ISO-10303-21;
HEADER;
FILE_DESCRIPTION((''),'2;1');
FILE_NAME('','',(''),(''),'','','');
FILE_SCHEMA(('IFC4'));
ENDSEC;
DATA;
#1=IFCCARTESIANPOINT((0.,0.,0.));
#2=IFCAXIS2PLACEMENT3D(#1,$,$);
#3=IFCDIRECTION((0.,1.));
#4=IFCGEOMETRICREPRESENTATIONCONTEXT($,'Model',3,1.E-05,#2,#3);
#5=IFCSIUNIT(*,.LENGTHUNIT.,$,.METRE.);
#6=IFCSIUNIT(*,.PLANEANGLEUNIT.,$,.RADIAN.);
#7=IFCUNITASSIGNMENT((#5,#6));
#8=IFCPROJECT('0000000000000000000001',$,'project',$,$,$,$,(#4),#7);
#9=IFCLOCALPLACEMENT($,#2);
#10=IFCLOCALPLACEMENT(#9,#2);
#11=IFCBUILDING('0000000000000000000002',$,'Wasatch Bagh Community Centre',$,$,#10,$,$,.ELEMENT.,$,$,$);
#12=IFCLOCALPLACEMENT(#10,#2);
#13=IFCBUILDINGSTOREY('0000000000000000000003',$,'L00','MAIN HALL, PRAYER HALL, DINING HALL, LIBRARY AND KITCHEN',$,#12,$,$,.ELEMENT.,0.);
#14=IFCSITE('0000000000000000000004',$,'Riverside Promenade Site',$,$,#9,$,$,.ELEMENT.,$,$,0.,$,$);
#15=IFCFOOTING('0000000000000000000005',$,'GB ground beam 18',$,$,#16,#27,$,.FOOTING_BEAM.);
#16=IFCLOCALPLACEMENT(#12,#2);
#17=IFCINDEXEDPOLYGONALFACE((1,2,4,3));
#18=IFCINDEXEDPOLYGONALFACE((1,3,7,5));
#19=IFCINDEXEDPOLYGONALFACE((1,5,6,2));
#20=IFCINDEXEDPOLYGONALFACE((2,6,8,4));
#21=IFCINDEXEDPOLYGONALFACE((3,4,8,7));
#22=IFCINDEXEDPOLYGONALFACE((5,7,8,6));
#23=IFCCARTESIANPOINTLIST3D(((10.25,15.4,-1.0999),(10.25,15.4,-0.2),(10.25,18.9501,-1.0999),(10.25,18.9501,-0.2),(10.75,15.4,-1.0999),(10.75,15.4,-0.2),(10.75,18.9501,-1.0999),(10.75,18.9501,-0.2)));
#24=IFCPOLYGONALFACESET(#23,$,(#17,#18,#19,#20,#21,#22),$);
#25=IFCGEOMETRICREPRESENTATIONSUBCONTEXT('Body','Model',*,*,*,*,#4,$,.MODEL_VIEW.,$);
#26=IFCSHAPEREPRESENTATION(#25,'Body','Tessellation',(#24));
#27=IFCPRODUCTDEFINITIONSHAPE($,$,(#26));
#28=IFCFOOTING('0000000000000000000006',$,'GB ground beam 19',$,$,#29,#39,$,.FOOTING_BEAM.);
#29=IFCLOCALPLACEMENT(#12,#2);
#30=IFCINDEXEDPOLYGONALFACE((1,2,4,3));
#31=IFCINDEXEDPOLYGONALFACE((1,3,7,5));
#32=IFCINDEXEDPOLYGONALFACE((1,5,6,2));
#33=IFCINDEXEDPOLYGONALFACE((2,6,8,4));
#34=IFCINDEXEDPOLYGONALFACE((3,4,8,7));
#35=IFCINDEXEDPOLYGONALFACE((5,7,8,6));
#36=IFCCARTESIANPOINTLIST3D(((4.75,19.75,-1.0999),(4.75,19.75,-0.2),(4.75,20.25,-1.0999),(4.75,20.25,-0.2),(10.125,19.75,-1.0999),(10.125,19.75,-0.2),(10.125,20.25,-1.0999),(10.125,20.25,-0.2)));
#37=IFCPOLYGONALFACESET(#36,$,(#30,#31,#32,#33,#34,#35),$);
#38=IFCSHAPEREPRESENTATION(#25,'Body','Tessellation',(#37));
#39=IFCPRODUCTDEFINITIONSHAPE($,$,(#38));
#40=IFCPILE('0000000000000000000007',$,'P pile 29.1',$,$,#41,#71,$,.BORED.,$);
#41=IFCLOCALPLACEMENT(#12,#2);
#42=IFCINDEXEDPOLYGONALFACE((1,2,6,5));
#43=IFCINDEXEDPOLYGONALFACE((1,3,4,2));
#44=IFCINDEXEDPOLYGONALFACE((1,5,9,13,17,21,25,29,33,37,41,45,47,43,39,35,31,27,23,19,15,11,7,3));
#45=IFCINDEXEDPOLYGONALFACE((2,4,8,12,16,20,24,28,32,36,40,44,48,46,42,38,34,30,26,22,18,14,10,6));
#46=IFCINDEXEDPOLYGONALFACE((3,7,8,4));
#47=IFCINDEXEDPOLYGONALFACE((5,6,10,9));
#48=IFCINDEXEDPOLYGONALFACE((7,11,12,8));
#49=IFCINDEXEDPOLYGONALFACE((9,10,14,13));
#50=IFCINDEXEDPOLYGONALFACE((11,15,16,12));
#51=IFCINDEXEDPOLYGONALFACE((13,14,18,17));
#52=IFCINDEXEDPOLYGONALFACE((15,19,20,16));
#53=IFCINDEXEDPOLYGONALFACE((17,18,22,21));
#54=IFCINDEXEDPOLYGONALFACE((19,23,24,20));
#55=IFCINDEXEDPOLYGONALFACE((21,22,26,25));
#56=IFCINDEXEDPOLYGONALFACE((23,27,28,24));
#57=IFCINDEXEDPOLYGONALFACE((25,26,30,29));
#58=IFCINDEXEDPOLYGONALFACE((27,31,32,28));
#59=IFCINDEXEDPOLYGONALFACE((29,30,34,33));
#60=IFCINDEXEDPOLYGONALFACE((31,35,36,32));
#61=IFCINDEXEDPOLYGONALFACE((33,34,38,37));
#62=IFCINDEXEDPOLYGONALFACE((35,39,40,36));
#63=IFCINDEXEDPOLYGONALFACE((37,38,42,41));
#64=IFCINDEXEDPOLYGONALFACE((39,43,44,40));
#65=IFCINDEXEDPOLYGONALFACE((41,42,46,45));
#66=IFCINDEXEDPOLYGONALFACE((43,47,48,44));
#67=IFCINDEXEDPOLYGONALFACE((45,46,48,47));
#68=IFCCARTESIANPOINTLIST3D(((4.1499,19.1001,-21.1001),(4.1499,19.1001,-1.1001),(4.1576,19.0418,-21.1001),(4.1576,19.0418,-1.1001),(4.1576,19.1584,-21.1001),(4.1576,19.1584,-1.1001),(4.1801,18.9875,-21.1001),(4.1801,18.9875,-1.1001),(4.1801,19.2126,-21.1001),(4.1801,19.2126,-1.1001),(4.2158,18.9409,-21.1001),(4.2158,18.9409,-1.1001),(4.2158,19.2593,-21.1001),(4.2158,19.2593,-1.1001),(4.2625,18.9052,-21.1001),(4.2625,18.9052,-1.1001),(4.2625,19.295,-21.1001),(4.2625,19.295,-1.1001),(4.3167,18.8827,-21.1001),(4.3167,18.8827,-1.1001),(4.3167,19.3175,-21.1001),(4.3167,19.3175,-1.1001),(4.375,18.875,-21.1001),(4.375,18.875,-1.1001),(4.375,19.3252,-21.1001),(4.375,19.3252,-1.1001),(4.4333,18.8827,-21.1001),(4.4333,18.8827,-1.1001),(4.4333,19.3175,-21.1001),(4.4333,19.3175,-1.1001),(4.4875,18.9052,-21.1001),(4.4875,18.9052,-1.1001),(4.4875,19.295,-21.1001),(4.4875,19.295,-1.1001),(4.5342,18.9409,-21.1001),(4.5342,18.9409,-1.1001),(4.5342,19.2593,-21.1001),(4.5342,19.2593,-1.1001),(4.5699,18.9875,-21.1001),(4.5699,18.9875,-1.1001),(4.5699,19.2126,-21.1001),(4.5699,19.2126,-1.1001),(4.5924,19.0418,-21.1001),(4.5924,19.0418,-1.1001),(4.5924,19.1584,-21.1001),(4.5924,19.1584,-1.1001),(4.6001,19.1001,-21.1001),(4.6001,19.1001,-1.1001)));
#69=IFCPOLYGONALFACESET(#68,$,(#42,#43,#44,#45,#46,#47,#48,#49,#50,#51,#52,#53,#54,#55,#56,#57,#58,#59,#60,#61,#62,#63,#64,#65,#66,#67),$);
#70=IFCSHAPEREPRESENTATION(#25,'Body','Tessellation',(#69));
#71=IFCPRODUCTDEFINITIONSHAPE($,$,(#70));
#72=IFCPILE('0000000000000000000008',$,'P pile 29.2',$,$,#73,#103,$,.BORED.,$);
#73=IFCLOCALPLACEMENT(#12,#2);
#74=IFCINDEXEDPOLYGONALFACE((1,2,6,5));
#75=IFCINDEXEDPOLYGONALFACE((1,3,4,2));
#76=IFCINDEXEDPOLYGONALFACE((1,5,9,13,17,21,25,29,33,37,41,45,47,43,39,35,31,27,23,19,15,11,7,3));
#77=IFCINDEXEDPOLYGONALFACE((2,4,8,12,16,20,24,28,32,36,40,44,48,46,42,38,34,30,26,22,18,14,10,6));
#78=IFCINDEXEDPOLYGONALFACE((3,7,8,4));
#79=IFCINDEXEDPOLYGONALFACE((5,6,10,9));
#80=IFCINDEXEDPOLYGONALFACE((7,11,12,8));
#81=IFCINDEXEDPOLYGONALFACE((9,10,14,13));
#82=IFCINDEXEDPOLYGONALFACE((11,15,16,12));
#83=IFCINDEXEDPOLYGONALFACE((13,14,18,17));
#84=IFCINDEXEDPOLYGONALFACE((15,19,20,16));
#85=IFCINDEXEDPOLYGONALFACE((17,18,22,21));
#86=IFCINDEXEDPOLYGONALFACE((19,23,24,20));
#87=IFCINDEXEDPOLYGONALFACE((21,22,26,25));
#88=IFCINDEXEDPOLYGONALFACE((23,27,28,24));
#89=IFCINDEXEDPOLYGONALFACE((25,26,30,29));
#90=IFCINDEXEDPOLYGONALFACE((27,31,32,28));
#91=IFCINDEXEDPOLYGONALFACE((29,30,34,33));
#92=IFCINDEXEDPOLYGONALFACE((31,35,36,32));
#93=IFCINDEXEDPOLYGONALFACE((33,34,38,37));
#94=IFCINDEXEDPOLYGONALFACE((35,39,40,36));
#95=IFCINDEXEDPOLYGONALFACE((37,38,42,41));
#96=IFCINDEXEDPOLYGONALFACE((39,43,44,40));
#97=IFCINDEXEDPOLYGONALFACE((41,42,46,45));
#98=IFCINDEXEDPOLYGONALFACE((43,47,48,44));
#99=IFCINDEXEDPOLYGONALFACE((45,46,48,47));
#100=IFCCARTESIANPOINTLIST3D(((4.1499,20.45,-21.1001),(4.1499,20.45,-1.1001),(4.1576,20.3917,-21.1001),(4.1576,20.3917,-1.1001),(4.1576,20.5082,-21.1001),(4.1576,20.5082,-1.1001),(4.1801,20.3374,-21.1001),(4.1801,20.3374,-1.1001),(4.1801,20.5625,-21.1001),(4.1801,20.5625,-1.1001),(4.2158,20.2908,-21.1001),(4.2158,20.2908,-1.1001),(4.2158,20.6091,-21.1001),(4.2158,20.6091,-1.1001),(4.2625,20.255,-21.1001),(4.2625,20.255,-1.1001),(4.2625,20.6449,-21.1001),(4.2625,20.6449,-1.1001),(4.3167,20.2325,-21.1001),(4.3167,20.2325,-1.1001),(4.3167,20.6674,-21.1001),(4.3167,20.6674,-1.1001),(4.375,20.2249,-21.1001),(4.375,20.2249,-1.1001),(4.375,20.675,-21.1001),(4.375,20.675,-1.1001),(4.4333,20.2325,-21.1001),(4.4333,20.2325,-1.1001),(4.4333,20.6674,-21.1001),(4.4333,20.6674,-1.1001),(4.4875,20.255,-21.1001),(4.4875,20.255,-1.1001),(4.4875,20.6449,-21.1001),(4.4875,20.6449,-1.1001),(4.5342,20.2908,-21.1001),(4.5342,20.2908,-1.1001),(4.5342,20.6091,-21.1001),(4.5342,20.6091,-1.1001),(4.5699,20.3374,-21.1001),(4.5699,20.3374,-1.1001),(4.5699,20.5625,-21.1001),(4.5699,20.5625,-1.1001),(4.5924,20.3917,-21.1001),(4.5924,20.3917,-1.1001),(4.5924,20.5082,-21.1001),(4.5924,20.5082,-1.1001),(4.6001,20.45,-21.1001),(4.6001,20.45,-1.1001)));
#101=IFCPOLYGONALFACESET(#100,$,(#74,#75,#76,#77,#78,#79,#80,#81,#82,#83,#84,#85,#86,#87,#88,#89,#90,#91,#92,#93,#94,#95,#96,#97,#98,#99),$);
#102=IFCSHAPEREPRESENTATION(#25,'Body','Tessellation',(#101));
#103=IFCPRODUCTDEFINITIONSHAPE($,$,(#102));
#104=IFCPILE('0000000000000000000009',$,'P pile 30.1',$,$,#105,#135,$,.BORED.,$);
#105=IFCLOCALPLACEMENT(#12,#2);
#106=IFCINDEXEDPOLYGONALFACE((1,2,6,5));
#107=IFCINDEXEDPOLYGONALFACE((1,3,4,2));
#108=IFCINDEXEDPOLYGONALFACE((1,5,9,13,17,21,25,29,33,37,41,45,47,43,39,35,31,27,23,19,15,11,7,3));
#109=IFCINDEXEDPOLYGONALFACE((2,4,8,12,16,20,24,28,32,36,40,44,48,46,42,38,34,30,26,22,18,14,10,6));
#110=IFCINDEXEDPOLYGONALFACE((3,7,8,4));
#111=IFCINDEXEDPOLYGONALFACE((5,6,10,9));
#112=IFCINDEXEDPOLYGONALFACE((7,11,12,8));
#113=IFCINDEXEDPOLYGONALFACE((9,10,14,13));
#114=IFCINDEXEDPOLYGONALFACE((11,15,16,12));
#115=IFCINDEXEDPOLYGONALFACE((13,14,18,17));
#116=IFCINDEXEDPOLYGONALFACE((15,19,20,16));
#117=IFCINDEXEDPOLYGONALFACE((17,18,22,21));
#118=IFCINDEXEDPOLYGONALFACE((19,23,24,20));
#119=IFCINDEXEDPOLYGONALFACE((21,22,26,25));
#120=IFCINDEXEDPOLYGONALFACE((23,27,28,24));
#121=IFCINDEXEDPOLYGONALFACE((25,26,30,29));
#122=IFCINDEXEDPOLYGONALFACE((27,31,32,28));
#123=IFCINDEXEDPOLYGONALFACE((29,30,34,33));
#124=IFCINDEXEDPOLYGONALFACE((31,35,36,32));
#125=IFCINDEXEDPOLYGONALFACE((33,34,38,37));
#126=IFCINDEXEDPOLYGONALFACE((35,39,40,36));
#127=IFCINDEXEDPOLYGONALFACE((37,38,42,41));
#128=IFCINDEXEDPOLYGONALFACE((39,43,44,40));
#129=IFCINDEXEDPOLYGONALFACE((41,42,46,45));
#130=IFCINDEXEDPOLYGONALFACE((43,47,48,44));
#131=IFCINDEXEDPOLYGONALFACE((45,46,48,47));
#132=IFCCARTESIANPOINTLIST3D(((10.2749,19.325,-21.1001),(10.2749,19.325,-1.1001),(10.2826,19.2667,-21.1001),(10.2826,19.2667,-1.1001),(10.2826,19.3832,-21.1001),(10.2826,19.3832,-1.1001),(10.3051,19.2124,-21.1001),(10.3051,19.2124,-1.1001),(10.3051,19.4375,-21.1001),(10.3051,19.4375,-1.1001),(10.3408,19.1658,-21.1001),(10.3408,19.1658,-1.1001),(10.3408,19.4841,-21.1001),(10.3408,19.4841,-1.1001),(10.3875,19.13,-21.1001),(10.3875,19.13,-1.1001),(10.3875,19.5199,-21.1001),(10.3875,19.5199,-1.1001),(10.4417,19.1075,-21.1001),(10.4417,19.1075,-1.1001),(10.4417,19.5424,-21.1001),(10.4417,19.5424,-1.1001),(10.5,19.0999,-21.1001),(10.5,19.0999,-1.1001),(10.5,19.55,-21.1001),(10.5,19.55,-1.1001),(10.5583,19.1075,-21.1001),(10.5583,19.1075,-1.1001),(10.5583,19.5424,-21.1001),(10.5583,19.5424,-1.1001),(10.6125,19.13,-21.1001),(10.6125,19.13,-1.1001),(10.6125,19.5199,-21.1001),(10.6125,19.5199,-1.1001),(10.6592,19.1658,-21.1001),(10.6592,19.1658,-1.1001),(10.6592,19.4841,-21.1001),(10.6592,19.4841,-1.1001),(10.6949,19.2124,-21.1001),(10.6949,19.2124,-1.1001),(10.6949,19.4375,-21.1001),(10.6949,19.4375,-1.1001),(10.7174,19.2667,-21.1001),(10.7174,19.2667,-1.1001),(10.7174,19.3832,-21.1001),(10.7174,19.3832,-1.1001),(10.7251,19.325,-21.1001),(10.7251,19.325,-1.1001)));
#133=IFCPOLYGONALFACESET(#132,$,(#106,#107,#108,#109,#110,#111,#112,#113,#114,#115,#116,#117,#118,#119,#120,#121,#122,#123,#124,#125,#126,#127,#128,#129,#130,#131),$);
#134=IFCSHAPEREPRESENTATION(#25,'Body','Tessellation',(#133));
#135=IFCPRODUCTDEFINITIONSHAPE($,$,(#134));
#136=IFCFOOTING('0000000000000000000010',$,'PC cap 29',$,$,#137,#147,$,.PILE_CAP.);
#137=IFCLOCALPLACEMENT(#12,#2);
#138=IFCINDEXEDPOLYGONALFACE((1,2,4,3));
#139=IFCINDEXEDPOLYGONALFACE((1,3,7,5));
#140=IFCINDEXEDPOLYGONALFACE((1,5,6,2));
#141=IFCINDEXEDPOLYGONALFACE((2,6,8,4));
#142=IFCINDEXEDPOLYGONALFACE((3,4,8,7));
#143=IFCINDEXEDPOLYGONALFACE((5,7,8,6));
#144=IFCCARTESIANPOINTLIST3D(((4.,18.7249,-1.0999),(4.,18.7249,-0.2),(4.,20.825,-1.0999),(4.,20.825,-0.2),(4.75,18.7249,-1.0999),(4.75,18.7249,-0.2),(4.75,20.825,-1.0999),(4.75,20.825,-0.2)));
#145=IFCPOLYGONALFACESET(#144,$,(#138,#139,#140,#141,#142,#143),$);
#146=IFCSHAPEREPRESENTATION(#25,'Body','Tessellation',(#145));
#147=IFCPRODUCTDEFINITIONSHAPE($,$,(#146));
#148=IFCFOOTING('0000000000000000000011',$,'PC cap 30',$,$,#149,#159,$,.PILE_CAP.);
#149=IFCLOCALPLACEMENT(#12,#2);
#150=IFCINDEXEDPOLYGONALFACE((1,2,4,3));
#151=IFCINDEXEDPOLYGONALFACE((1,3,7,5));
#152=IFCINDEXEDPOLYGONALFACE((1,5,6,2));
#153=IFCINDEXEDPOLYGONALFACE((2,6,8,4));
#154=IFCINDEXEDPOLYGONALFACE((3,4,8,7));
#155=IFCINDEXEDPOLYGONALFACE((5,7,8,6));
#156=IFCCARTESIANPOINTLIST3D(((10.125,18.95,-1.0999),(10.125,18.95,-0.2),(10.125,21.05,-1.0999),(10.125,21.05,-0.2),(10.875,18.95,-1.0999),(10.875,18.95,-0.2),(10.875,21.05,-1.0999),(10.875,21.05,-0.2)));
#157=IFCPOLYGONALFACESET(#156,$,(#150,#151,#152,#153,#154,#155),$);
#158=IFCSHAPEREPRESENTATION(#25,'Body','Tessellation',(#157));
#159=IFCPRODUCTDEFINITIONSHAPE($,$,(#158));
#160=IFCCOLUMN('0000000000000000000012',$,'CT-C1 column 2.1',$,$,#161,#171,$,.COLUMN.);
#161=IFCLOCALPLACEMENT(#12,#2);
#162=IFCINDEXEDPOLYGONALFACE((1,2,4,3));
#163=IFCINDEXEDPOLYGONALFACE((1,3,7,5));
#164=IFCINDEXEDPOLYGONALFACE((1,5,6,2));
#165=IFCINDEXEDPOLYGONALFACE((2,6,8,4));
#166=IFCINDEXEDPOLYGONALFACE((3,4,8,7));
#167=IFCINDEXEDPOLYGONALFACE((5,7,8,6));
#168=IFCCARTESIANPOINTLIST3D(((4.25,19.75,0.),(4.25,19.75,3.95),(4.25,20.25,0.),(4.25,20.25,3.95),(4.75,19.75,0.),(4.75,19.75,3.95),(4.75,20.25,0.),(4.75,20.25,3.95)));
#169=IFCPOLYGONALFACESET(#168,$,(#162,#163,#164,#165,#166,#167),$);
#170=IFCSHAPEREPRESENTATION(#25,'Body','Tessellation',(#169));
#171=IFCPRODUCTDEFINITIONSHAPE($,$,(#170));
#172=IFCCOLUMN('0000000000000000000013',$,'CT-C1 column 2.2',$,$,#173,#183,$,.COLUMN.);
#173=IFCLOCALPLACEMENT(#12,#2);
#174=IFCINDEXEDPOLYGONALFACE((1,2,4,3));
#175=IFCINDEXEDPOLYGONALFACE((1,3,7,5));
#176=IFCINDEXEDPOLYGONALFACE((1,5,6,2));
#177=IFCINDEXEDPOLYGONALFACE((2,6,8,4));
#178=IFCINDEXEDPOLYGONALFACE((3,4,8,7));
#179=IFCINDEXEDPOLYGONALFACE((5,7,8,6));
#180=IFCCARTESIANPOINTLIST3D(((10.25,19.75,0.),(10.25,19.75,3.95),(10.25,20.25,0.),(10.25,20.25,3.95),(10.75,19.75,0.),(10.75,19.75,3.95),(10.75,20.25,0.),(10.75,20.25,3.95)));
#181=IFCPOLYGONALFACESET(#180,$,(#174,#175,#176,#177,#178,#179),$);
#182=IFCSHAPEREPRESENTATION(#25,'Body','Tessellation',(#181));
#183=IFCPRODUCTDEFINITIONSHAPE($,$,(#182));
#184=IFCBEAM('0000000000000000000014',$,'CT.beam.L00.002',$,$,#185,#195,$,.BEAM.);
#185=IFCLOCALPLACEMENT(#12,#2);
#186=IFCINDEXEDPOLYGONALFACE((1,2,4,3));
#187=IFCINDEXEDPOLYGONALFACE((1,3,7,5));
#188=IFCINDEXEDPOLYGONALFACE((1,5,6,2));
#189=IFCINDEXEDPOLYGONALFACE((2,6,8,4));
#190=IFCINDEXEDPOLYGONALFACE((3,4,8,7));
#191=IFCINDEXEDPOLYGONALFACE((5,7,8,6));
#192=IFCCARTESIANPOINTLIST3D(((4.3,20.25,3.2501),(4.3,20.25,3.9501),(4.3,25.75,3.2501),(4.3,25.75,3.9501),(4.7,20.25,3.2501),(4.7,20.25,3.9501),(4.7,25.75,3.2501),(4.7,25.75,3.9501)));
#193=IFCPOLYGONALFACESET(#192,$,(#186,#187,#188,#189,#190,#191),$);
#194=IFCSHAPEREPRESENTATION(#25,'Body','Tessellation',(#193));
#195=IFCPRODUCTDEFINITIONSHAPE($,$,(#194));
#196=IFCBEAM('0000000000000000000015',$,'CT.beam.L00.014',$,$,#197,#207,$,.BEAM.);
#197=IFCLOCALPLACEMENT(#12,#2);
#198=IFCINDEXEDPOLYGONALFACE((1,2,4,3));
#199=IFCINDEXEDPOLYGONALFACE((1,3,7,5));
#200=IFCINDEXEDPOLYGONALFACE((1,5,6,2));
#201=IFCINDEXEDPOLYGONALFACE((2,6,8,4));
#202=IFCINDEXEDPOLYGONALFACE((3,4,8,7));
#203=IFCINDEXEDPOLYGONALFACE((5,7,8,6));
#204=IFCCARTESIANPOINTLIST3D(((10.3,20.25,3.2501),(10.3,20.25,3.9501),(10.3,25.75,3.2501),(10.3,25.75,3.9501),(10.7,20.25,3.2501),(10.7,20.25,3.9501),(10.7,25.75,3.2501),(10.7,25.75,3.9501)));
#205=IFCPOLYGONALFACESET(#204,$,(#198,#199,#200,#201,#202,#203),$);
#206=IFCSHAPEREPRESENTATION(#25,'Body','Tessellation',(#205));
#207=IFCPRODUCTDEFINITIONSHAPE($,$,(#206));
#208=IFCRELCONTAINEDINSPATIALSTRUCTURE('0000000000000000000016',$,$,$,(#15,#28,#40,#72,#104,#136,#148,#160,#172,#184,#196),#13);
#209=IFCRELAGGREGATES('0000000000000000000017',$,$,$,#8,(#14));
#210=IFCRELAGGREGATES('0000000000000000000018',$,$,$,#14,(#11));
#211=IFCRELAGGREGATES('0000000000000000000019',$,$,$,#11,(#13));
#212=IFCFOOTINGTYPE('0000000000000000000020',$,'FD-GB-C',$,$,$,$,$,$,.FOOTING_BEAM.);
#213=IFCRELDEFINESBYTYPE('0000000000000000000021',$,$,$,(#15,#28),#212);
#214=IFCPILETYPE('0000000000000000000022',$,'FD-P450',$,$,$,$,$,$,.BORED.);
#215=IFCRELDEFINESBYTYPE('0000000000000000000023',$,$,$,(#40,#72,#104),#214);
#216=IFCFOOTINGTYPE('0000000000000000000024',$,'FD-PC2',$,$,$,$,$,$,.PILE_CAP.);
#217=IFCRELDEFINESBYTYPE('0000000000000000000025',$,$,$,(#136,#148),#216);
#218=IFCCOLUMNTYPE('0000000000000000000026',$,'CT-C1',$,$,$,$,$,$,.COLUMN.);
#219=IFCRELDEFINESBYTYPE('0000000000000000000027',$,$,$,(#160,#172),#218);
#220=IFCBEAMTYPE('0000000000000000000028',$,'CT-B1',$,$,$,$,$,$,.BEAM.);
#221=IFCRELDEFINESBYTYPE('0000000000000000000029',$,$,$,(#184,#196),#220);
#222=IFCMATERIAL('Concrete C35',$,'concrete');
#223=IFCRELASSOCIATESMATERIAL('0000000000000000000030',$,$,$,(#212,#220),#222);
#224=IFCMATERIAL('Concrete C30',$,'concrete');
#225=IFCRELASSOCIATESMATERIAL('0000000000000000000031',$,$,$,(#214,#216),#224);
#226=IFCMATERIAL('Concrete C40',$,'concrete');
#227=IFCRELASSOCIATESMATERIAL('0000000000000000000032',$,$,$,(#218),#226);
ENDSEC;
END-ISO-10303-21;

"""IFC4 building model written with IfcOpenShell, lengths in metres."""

from ifc_helpers import new_model, si_unit, direction, frame, origin, origin_2d, place, context, subcontext, project, spatial, rectangle, circle, extrude, material, material_profile, profile_set, type_object, element, save


model = new_model("IFC4")

# Units and contexts
model_context = context("Model", 3, precision=1e-05, world=origin(), true_north=direction((0.0, 1.0)))
body_context = subcontext(model_context, "Body", "Model", "MODEL_VIEW")
ifc_project = project(units=[si_unit("LENGTHUNIT", "METRE"), si_unit("PLANEANGLEUNIT", "RADIAN")], contexts=[model_context])

# Site, building, storey
site_placement = place(None, origin())
site = spatial("IfcSite", under=ifc_project, at=site_placement, Name="Riverside Promenade Site", CompositionType="ELEMENT", RefElevation=0.0)
building_placement = place(site_placement, origin())
building = spatial("IfcBuilding", under=site, at=building_placement, Name="Wasatch Bagh Community Centre", CompositionType="ELEMENT")
storey_placement = place(building_placement, origin())
storey = spatial("IfcBuildingStorey", under=building, at=storey_placement, Name="L00", Description="MAIN HALL, PRAYER HALL, DINING HALL, LIBRARY AND KITCHEN", CompositionType="ELEMENT", Elevation=0.0)

# Footings
ifc_material_1 = material(Name="Concrete C35", Category="concrete")
footing_type_1 = type_object("IfcFootingType", Name="FD-GB-C", PredefinedType="FOOTING_BEAM", material=ifc_material_1)
footing_1_placement = place(storey_placement, frame((10.5, 17.175, -1.0999), z_axis=(0.0, 0.0, 1.0), x_axis=(0.0, -1.0, 0.0)))
element("IfcFooting", 1, at=footing_1_placement, inside=storey, type_object=footing_type_1, Name="GB ground beam 18", PredefinedType="FOOTING_BEAM", context=body_context, shape_type="SweptSolid", body=[
    extrude(rectangle(XDim=3.55, YDim=0.5, at=origin_2d()), origin(), (0.0, 0.0, 1.0), 0.8999),
])
footing_2_placement = place(storey_placement, frame((7.4375, 20.0, -1.0999), z_axis=(0.0, 0.0, 1.0), x_axis=(-1.0, 0.0, 0.0)))
element("IfcFooting", 2, at=footing_2_placement, inside=storey, type_object=footing_type_1, Name="GB ground beam 19", PredefinedType="FOOTING_BEAM", context=body_context, shape_type="SweptSolid", body=[
    extrude(rectangle(XDim=5.375, YDim=0.5, at=origin_2d()), origin(), (0.0, 0.0, 1.0), 0.8999),
])

# Piles
ifc_material_2 = material(Name="Concrete C30", Category="concrete")
ifc_material_profile_1 = material_profile(ifc_material_2, circle(Radius=0.2251, at=origin_2d()), Name="RC D450")
ifc_profile_set_1 = profile_set([ifc_material_profile_1], Name="Concrete C30")
pile_type = type_object("IfcPileType", Name="FD-P450", PredefinedType="BORED", material=ifc_profile_set_1)
for number, where, z_axis, x_axis, name in (
    (3, (4.375, 19.1001, -1.1001), (0.0, 0.0, -1.0), (1.0, 0.0, 0.0), "P pile 29.1"),
    (4, (4.375, 20.45, -1.1001), (0.0, 0.0, -1.0), (1.0, 0.0, 0.0), "P pile 29.2"),
    (5, (10.5, 19.325, -1.1001), (0.0, 0.0, -1.0), (1.0, 0.0, 0.0), "P pile 30.1"),
):
    element("IfcPile", number, at=place(storey_placement, frame(where, z_axis=z_axis, x_axis=x_axis)), inside=storey, type_object=pile_type, Name=name, PredefinedType="BORED", context=body_context, shape_type="SweptSolid", body=[
        extrude(circle(Radius=0.2251, at=origin_2d()), origin(), (0.0, 0.0, 1.0), 20.0),
    ])

# Footings
footing_type_2 = type_object("IfcFootingType", Name="FD-PC2", PredefinedType="PILE_CAP", material=ifc_material_2)
for number, where, z_axis, x_axis, name in (
    (6, (4.375, 19.7749, -1.0999), (0.0, 0.0, 1.0), (0.0, 1.0, 0.0), "PC cap 29"),
    (7, (10.5, 20.0, -1.0999), (0.0, 0.0, 1.0), (0.0, 1.0, 0.0), "PC cap 30"),
):
    element("IfcFooting", number, at=place(storey_placement, frame(where, z_axis=z_axis, x_axis=x_axis)), inside=storey, type_object=footing_type_2, Name=name, PredefinedType="PILE_CAP", context=body_context, shape_type="SweptSolid", body=[
        extrude(rectangle(XDim=2.1001, YDim=0.75, at=origin_2d()), origin(), (0.0, 0.0, 1.0), 0.8999),
    ])

# Columns
ifc_material_3 = material(Name="Concrete C40", Category="concrete")
ifc_material_profile_2 = material_profile(ifc_material_3, rectangle(XDim=0.5, YDim=0.5, at=origin_2d()), Name="RC 500x500")
ifc_profile_set_2 = profile_set([ifc_material_profile_2], Name="Concrete C40")
column_type = type_object("IfcColumnType", Name="CT-C1", PredefinedType="COLUMN", material=ifc_profile_set_2)
for number, where, z_axis, x_axis, name in (
    (8, (4.5, 20.0, 0.0), (0.0, 0.0, 1.0), (1.0, 0.0, 0.0), "CT-C1 column 2.1"),
    (9, (10.5, 20.0, 0.0), (0.0, 0.0, 1.0), (1.0, 0.0, 0.0), "CT-C1 column 2.2"),
):
    element("IfcColumn", number, at=place(storey_placement, frame(where, z_axis=z_axis, x_axis=x_axis)), inside=storey, type_object=column_type, Name=name, PredefinedType="COLUMN", context=body_context, shape_type="SweptSolid", body=[
        extrude(rectangle(XDim=0.5, YDim=0.5, at=origin_2d()), origin(), (0.0, 0.0, 1.0), 3.95),
    ])

# Beams
ifc_material_profile_3 = material_profile(ifc_material_1, rectangle(XDim=0.3999, YDim=0.7, at=origin_2d()), Name="RC 400x700")
ifc_profile_set_3 = profile_set([ifc_material_profile_3], Name="Concrete C35")
beam_type_1 = type_object("IfcBeamType", Name="CT-B1", PredefinedType="BEAM", material=ifc_profile_set_3)
for number, where, z_axis, x_axis, name in (
    (10, (4.5, 20.25, 3.6001), (0.0, 1.0, 0.0), (-1.0, 0.0, 0.0), "CT.beam.L00.002"),
    (11, (10.5, 20.25, 3.6001), (0.0, 1.0, 0.0), (-1.0, 0.0, 0.0), "CT.beam.L00.014"),
):
    element("IfcBeam", number, at=place(storey_placement, frame(where, z_axis=z_axis, x_axis=x_axis)), inside=storey, type_object=beam_type_1, Name=name, PredefinedType="BEAM", context=body_context, shape_type="SweptSolid", body=[
        extrude(rectangle(XDim=0.3999, YDim=0.7, at=origin_2d()), origin(), (0.0, 0.0, 1.0), 5.5),
    ])

save(model, "model.ifc")
